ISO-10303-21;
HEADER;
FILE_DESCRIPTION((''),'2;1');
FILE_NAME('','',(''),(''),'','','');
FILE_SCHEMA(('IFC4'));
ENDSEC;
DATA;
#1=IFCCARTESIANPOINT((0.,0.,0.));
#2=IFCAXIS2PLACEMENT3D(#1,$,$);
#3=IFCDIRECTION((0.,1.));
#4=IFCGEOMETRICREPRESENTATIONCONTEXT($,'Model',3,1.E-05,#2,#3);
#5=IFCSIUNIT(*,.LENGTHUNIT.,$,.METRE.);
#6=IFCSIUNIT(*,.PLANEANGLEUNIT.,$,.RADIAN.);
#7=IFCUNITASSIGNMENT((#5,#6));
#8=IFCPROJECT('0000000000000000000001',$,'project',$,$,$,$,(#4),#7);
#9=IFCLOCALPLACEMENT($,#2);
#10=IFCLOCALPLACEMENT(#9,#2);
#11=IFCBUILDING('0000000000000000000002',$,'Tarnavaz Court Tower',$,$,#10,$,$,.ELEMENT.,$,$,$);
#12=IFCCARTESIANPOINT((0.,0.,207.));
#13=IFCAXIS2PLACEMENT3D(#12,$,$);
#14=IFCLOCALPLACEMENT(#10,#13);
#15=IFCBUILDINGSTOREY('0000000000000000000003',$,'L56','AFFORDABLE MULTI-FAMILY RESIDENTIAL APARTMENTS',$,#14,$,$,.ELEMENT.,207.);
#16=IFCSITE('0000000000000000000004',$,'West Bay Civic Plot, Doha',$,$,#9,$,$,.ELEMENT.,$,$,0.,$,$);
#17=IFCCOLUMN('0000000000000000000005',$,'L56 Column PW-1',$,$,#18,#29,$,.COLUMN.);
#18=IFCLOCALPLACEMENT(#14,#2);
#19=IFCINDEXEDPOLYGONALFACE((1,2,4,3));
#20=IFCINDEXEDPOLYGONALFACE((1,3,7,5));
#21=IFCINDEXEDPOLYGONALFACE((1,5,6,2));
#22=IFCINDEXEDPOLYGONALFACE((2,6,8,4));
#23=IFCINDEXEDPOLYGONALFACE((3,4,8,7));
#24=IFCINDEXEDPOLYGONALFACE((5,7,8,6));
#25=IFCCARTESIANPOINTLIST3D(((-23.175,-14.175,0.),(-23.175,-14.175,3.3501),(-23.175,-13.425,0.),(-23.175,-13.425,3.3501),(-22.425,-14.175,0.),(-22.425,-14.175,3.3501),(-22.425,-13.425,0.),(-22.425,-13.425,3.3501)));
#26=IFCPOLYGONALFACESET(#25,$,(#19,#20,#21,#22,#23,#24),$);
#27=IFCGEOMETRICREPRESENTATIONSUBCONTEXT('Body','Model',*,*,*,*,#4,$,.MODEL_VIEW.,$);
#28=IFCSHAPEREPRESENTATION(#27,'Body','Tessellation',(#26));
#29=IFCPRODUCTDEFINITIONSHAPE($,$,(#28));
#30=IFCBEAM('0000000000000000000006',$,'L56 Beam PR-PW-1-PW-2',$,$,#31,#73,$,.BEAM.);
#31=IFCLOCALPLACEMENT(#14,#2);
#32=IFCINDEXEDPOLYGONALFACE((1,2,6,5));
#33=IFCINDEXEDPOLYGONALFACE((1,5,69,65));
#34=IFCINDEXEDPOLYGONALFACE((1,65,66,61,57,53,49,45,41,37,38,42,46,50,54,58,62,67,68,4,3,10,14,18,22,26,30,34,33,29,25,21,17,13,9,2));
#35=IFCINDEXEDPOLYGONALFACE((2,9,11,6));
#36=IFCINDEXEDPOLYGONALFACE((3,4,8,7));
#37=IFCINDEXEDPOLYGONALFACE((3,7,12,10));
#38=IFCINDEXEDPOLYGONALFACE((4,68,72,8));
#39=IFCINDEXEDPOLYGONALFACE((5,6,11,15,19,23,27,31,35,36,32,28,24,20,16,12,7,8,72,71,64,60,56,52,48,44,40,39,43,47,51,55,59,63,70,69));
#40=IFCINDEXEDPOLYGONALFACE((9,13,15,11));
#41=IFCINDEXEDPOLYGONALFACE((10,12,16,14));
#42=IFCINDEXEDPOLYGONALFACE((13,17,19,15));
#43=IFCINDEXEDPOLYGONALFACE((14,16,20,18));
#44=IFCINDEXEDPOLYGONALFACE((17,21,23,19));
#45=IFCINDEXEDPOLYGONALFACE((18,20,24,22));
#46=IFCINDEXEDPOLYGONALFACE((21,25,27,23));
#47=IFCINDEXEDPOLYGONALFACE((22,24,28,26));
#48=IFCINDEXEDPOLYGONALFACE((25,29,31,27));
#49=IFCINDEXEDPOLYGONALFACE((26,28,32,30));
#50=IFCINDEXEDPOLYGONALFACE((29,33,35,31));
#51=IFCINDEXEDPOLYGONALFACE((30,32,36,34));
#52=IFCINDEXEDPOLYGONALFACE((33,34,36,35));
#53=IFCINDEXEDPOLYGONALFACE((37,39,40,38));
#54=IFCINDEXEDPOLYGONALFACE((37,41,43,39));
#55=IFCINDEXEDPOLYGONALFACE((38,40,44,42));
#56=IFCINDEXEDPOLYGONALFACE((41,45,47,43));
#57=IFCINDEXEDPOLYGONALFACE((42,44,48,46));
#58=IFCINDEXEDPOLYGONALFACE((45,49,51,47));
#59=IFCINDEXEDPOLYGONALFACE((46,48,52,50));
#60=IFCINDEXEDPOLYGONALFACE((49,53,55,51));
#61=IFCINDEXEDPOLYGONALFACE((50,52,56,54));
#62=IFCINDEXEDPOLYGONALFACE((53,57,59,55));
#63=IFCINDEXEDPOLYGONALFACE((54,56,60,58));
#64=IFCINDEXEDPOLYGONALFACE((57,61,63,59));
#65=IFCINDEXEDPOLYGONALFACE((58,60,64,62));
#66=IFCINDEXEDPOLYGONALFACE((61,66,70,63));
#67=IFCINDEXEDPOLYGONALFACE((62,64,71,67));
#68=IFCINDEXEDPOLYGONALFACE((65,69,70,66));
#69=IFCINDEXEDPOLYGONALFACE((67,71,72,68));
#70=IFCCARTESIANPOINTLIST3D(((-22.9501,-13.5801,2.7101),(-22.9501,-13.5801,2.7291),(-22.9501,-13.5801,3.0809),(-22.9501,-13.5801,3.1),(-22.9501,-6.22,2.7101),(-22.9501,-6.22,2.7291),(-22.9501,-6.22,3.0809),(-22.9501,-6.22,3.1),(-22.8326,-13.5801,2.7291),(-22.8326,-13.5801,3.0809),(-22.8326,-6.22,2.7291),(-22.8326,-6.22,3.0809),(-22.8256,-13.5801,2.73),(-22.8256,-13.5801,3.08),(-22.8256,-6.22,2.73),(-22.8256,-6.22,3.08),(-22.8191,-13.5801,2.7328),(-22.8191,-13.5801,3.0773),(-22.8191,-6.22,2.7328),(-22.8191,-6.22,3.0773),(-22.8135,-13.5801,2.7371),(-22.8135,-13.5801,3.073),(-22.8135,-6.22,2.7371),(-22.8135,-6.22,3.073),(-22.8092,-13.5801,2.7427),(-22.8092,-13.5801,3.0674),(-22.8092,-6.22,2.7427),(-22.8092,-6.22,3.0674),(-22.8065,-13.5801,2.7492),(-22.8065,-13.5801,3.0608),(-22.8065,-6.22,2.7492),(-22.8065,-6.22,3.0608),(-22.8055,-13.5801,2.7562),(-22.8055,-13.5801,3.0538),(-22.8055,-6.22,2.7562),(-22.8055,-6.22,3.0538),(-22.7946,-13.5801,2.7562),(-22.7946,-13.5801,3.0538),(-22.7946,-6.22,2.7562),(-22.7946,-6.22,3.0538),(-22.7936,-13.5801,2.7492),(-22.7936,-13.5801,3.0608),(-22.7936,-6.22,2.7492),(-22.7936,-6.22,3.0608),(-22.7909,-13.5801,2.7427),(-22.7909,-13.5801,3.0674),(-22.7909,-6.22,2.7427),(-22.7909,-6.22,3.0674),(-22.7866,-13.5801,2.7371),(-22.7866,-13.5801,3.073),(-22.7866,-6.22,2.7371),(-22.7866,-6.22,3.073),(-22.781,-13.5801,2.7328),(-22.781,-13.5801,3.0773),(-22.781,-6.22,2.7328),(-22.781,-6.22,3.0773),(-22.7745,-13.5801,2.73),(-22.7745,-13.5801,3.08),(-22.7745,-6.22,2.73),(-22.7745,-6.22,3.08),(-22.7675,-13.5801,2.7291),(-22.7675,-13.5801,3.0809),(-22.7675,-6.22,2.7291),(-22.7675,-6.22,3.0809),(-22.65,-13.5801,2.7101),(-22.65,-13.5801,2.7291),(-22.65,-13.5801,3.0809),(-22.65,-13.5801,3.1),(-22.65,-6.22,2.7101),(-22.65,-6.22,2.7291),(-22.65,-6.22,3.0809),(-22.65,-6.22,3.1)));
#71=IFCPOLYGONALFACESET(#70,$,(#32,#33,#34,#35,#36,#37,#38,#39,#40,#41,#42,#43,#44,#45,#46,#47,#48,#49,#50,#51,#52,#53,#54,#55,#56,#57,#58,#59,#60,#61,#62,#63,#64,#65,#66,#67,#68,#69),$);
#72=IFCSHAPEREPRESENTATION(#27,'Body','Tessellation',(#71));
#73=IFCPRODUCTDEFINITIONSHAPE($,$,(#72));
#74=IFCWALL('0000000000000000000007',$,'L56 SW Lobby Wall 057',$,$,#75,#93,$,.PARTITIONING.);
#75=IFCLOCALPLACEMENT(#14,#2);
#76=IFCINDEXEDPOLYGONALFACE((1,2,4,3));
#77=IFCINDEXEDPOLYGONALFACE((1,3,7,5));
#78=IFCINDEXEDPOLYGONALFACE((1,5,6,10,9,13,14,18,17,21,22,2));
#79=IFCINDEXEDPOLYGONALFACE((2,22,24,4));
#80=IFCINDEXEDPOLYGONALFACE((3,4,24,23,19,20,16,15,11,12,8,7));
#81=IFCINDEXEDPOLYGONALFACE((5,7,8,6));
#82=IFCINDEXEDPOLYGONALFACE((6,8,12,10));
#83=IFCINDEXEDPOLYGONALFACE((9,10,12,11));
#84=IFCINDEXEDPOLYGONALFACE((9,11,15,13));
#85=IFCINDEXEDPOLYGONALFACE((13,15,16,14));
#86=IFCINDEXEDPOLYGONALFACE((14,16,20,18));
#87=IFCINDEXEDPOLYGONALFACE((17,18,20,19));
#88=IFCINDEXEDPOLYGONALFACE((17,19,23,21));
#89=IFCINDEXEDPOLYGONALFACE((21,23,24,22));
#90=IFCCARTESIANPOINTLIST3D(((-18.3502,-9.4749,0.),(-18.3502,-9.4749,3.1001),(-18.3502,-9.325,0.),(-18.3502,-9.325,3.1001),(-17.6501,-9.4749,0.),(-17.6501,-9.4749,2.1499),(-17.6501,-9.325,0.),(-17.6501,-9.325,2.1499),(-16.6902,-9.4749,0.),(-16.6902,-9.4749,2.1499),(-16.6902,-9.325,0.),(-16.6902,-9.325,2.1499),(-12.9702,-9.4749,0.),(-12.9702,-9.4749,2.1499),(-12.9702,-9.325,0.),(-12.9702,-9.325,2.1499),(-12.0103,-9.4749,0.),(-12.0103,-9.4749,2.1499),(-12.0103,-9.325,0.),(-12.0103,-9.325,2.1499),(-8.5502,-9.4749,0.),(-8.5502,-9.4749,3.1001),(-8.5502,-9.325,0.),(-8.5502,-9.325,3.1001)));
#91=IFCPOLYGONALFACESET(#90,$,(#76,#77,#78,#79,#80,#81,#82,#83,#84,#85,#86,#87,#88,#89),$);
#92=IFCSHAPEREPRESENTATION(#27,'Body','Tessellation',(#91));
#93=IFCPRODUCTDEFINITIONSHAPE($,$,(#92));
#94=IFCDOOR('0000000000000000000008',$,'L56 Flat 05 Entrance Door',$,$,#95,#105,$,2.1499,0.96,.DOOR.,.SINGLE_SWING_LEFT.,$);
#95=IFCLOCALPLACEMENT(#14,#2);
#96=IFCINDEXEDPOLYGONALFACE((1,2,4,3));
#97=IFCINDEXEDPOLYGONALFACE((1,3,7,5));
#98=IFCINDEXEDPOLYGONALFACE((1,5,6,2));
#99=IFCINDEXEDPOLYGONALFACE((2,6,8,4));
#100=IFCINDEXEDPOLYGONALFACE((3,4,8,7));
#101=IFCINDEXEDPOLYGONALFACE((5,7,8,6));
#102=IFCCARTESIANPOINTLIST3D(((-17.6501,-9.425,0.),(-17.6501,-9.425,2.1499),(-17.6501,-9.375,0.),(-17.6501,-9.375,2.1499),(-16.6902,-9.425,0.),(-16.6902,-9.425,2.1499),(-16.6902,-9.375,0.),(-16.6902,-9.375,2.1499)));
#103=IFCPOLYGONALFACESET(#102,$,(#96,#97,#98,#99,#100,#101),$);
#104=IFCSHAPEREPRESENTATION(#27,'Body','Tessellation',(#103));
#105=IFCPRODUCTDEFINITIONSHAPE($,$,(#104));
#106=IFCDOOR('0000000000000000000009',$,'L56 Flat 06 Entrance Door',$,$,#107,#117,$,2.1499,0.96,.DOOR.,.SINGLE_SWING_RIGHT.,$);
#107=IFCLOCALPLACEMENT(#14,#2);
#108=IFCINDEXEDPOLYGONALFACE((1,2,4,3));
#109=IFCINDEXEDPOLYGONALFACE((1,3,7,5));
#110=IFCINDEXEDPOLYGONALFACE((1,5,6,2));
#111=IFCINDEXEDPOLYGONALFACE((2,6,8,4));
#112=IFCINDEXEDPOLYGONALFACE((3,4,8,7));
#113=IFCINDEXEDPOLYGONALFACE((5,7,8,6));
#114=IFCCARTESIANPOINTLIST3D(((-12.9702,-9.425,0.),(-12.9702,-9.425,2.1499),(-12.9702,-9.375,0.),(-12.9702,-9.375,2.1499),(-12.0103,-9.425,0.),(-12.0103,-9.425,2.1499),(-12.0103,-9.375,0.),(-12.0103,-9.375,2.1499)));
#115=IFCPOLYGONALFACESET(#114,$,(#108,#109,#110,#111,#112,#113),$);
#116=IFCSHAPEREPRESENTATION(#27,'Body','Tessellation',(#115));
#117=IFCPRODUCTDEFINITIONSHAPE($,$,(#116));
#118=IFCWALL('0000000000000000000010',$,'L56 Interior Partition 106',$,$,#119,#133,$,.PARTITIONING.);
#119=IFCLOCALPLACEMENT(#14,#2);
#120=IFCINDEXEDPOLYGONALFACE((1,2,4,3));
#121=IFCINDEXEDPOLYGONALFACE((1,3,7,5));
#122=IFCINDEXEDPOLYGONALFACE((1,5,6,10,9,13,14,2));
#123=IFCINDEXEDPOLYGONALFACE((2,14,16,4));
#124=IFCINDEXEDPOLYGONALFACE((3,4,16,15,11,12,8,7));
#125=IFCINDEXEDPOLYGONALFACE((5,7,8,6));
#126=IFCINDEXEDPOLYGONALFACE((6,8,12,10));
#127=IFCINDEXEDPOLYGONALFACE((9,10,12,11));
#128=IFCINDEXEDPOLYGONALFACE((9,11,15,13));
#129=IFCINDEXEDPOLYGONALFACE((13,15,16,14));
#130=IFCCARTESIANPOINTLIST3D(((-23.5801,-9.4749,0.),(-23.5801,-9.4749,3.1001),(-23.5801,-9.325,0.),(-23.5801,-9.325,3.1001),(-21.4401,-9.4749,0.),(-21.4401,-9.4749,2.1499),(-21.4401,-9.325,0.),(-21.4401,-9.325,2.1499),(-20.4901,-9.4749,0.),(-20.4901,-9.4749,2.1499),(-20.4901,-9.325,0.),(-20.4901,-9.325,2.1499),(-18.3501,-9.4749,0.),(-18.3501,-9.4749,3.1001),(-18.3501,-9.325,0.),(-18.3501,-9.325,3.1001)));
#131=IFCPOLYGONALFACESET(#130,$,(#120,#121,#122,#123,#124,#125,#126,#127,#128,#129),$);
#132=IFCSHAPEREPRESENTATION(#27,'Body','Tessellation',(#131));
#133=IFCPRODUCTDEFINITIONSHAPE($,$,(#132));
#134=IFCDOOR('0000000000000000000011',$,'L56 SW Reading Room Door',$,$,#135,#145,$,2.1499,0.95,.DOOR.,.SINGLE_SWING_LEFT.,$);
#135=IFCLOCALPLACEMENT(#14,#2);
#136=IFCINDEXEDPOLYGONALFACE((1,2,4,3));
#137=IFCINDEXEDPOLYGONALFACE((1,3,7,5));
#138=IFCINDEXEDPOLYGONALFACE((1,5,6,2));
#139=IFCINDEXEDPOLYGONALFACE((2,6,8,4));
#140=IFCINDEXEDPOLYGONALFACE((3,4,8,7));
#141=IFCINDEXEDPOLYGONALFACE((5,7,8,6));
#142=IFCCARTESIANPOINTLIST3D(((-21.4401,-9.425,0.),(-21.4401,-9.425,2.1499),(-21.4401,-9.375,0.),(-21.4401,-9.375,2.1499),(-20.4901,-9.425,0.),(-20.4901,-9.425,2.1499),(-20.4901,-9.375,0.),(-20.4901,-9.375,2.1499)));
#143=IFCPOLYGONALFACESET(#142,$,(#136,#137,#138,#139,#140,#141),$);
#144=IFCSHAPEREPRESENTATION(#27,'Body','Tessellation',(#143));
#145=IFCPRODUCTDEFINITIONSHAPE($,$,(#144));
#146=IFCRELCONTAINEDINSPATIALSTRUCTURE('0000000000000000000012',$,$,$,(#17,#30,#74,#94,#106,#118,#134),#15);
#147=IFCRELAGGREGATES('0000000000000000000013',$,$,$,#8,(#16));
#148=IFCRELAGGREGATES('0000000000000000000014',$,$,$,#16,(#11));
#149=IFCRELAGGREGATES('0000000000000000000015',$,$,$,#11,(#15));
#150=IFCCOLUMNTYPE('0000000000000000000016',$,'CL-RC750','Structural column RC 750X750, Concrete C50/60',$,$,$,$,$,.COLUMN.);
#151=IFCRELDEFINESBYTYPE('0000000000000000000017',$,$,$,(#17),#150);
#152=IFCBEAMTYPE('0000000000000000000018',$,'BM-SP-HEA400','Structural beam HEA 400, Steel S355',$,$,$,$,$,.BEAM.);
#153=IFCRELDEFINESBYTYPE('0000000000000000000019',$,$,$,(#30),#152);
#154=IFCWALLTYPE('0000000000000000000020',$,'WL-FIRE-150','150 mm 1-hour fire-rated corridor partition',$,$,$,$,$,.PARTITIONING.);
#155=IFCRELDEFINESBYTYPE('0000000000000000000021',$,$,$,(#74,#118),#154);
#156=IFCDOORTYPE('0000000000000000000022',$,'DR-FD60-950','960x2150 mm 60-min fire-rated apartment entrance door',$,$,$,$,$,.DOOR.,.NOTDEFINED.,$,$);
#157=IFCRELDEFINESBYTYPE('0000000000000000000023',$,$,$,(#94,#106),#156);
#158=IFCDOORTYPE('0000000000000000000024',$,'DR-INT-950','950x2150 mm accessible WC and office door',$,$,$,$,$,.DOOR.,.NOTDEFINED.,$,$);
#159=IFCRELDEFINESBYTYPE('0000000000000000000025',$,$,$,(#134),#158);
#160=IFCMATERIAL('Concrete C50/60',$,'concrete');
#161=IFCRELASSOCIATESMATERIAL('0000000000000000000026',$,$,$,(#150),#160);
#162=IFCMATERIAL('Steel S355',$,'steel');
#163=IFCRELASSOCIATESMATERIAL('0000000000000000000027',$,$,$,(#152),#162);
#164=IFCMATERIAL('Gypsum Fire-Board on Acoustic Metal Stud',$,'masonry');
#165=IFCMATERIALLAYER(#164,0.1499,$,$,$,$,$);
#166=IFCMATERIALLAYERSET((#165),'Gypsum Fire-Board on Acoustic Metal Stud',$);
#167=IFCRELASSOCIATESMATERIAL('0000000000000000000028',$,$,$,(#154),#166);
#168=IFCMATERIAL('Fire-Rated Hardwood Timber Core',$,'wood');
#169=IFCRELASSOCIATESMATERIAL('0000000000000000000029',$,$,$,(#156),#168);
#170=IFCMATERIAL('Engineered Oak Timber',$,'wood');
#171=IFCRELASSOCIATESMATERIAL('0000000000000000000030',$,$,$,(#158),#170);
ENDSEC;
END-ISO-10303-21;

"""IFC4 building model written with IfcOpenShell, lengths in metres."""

from ifc_helpers import new_model, si_unit, direction, frame, frame_2d, origin, origin_2d, place, context, subcontext, project, spatial, rectangle, i_section, extrude, material, layer, layer_set, material_profile, profile_set, type_object, element, fill, save


model = new_model("IFC4")

# Units and contexts
model_context = context("Model", 3, precision=1e-05, world=origin(), true_north=direction((0.0, 1.0)))
body_context = subcontext(model_context, "Body", "Model", "MODEL_VIEW")
ifc_project = project(units=[si_unit("LENGTHUNIT", "METRE"), si_unit("PLANEANGLEUNIT", "RADIAN")], contexts=[model_context])

# Site, building, storey
site_placement = place(None, origin())
site = spatial("IfcSite", under=ifc_project, at=site_placement, Name="West Bay Civic Plot, Doha", CompositionType="ELEMENT", RefElevation=0.0)
building_placement = place(site_placement, origin())
building = spatial("IfcBuilding", under=site, at=building_placement, Name="Tarnavaz Court Tower", CompositionType="ELEMENT")
storey_placement = place(building_placement, frame((0.0, 0.0, 207.0)))
storey = spatial("IfcBuildingStorey", under=building, at=storey_placement, Name="L56", Description="AFFORDABLE MULTI-FAMILY RESIDENTIAL APARTMENTS", CompositionType="ELEMENT", Elevation=207.0)

# Column
ifc_material_1 = material(Name="Concrete C50/60", Category="concrete")
ifc_material_profile_1 = material_profile(ifc_material_1, rectangle(XDim=0.75, YDim=0.75, at=origin_2d()), Name="RC 750X750")
ifc_profile_set_1 = profile_set([ifc_material_profile_1], Name="Concrete C50/60")
column_type = type_object("IfcColumnType", Name="CL-RC750", Description="Structural column RC 750X750, Concrete C50/60", PredefinedType="COLUMN", material=ifc_profile_set_1)
column_placement = place(storey_placement, frame((-22.8, -13.8, 0.0), z_axis=(0.0, 0.0, 1.0), x_axis=(1.0, 0.0, 0.0)))
element("IfcColumn", 1, at=column_placement, inside=storey, type_object=column_type, Name="L56 Column PW-1", PredefinedType="COLUMN", context=body_context, shape_type="SweptSolid", body=[
    extrude(rectangle(XDim=0.75, YDim=0.75, at=origin_2d()), origin(), (0.0, 0.0, 1.0), 3.3501),
])

# Beam
ifc_material_2 = material(Name="Steel S355", Category="steel")
ifc_material_profile_2 = material_profile(ifc_material_2, i_section(OverallWidth=0.3, OverallDepth=0.3899, WebThickness=0.011, FlangeThickness=0.019, FilletRadius=0.0271, at=origin_2d()), Name="HEA 400")
ifc_profile_set_2 = profile_set([ifc_material_profile_2], Name="Steel S355")
beam_type = type_object("IfcBeamType", Name="BM-SP-HEA400", Description="Structural beam HEA 400, Steel S355", PredefinedType="BEAM", material=ifc_profile_set_2)
beam_placement = place(storey_placement, frame((-22.8, -13.5801, 2.905), z_axis=(0.0, 1.0, 0.0), x_axis=(-1.0, 0.0, 0.0)))
element("IfcBeam", 2, at=beam_placement, inside=storey, type_object=beam_type, Name="L56 Beam PR-PW-1-PW-2", PredefinedType="BEAM", context=body_context, shape_type="SweptSolid", body=[
    extrude(i_section(OverallWidth=0.3, OverallDepth=0.3899, WebThickness=0.011, FlangeThickness=0.019, FilletRadius=0.0271, at=origin_2d()), origin(), (0.0, 0.0, 1.0), 7.3601),
])

# Wall, openings, doors
ifc_material_3 = material(Name="Gypsum Fire-Board on Acoustic Metal Stud", Category="masonry")
ifc_layer_1 = layer(ifc_material_3, 0.1499)
ifc_layer_set_1 = layer_set([ifc_layer_1], Name="Gypsum Fire-Board on Acoustic Metal Stud")
wall_type_1 = type_object("IfcWallType", Name="WL-FIRE-150", Description="150 mm 1-hour fire-rated corridor partition", PredefinedType="PARTITIONING", material=ifc_layer_set_1)
wall_1_placement = place(storey_placement, frame((-18.3501, -9.3999, 0.0), z_axis=(0.0, 0.0, 1.0), x_axis=(1.0, 0.0, 0.0)))
wall_1 = element("IfcWall", 3, at=wall_1_placement, inside=storey, type_object=wall_type_1, Name="L56 SW Lobby Wall 057", PredefinedType="PARTITIONING", context=body_context, shape_type="SweptSolid", body=[
    extrude(rectangle(XDim=9.8, YDim=0.1499, at=frame_2d((4.8999, 0.0))), origin(), (0.0, 0.0, 1.0), 3.1001),
])
opening_1_placement = place(wall_1_placement, frame((0.7, 0.0, 0.0)))
opening_1 = element("IfcOpeningElement", 4, at=opening_1_placement, cuts=wall_1, PredefinedType="OPENING", context=body_context, shape_type="SweptSolid", body=[
    extrude(rectangle(XDim=0.96, YDim=2.1499, at=frame_2d((0.48, 1.075))), frame((0.0, 0.085, 0.0), z_axis=(0.0, -1.0, 0.0), x_axis=(1.0, 0.0, 0.0)), (0.0, 0.0, 1.0), 0.1699),
])
opening_2_placement = place(wall_1_placement, frame((5.3799, 0.0, 0.0)))
opening_2 = element("IfcOpeningElement", 5, at=opening_2_placement, cuts=wall_1, PredefinedType="OPENING", context=body_context, shape_type="SweptSolid", body=[
    extrude(rectangle(XDim=0.96, YDim=2.1499, at=frame_2d((0.48, 1.075))), frame((0.0, 0.085, 0.0), z_axis=(0.0, -1.0, 0.0), x_axis=(1.0, 0.0, 0.0)), (0.0, 0.0, 1.0), 0.1699),
])
ifc_material_4 = material(Name="Fire-Rated Hardwood Timber Core", Category="wood")
door_type_1 = type_object("IfcDoorType", Name="DR-FD60-950", Description="960x2150 mm 60-min fire-rated apartment entrance door", OperationType="NOTDEFINED", PredefinedType="DOOR", material=ifc_material_4)
door_1_placement = place(opening_1_placement, origin())
door_1 = element("IfcDoor", 6, at=door_1_placement, inside=storey, type_object=door_type_1, Name="L56 Flat 05 Entrance Door", OperationType="SINGLE_SWING_LEFT", OverallHeight=2.1499, OverallWidth=0.96, PredefinedType="DOOR", context=body_context, shape_type="SweptSolid", body=[
    extrude(rectangle(XDim=0.96, YDim=2.1499, at=frame_2d((0.48, 1.075))), frame((0.0, 0.0249, 0.0), z_axis=(0.0, -1.0, 0.0), x_axis=(1.0, 0.0, 0.0)), (0.0, 0.0, 1.0), 0.05),
])
fill(opening_1, door_1)
door_2_placement = place(opening_2_placement, origin())
door_2 = element("IfcDoor", 7, at=door_2_placement, inside=storey, type_object=door_type_1, Name="L56 Flat 06 Entrance Door", OperationType="SINGLE_SWING_RIGHT", OverallHeight=2.1499, OverallWidth=0.96, PredefinedType="DOOR", context=body_context, shape_type="SweptSolid", body=[
    extrude(rectangle(XDim=0.96, YDim=2.1499, at=frame_2d((0.48, 1.075))), frame((0.0, 0.0249, 0.0), z_axis=(0.0, -1.0, 0.0), x_axis=(1.0, 0.0, 0.0)), (0.0, 0.0, 1.0), 0.05),
])
fill(opening_2, door_2)

# Wall, opening, door
wall_2_placement = place(storey_placement, frame((-23.5801, -9.3999, 0.0), z_axis=(0.0, 0.0, 1.0), x_axis=(1.0, 0.0, 0.0)))
wall_2 = element("IfcWall", 8, at=wall_2_placement, inside=storey, type_object=wall_type_1, Name="L56 Interior Partition 106", PredefinedType="PARTITIONING", context=body_context, shape_type="SweptSolid", body=[
    extrude(rectangle(XDim=5.23, YDim=0.1499, at=frame_2d((2.615, 0.0))), origin(), (0.0, 0.0, 1.0), 3.1001),
])
opening_3_placement = place(wall_2_placement, frame((2.1399, 0.0, 0.0)))
opening_3 = element("IfcOpeningElement", 9, at=opening_3_placement, cuts=wall_2, PredefinedType="OPENING", context=body_context, shape_type="SweptSolid", body=[
    extrude(rectangle(XDim=0.95, YDim=2.1499, at=frame_2d((0.4751, 1.075))), frame((0.0, 0.085, 0.0), z_axis=(0.0, -1.0, 0.0), x_axis=(1.0, 0.0, 0.0)), (0.0, 0.0, 1.0), 0.1699),
])
ifc_material_5 = material(Name="Engineered Oak Timber", Category="wood")
door_type_2 = type_object("IfcDoorType", Name="DR-INT-950", Description="950x2150 mm accessible WC and office door", OperationType="NOTDEFINED", PredefinedType="DOOR", material=ifc_material_5)
door_3_placement = place(opening_3_placement, origin())
door_3 = element("IfcDoor", 10, at=door_3_placement, inside=storey, type_object=door_type_2, Name="L56 SW Reading Room Door", OperationType="SINGLE_SWING_LEFT", OverallHeight=2.1499, OverallWidth=0.95, PredefinedType="DOOR", context=body_context, shape_type="SweptSolid", body=[
    extrude(rectangle(XDim=0.95, YDim=2.1499, at=frame_2d((0.4751, 1.075))), frame((0.0, 0.0249, 0.0), z_axis=(0.0, -1.0, 0.0), x_axis=(1.0, 0.0, 0.0)), (0.0, 0.0, 1.0), 0.05),
])
fill(opening_3, door_3)

save(model, "model.ifc")
